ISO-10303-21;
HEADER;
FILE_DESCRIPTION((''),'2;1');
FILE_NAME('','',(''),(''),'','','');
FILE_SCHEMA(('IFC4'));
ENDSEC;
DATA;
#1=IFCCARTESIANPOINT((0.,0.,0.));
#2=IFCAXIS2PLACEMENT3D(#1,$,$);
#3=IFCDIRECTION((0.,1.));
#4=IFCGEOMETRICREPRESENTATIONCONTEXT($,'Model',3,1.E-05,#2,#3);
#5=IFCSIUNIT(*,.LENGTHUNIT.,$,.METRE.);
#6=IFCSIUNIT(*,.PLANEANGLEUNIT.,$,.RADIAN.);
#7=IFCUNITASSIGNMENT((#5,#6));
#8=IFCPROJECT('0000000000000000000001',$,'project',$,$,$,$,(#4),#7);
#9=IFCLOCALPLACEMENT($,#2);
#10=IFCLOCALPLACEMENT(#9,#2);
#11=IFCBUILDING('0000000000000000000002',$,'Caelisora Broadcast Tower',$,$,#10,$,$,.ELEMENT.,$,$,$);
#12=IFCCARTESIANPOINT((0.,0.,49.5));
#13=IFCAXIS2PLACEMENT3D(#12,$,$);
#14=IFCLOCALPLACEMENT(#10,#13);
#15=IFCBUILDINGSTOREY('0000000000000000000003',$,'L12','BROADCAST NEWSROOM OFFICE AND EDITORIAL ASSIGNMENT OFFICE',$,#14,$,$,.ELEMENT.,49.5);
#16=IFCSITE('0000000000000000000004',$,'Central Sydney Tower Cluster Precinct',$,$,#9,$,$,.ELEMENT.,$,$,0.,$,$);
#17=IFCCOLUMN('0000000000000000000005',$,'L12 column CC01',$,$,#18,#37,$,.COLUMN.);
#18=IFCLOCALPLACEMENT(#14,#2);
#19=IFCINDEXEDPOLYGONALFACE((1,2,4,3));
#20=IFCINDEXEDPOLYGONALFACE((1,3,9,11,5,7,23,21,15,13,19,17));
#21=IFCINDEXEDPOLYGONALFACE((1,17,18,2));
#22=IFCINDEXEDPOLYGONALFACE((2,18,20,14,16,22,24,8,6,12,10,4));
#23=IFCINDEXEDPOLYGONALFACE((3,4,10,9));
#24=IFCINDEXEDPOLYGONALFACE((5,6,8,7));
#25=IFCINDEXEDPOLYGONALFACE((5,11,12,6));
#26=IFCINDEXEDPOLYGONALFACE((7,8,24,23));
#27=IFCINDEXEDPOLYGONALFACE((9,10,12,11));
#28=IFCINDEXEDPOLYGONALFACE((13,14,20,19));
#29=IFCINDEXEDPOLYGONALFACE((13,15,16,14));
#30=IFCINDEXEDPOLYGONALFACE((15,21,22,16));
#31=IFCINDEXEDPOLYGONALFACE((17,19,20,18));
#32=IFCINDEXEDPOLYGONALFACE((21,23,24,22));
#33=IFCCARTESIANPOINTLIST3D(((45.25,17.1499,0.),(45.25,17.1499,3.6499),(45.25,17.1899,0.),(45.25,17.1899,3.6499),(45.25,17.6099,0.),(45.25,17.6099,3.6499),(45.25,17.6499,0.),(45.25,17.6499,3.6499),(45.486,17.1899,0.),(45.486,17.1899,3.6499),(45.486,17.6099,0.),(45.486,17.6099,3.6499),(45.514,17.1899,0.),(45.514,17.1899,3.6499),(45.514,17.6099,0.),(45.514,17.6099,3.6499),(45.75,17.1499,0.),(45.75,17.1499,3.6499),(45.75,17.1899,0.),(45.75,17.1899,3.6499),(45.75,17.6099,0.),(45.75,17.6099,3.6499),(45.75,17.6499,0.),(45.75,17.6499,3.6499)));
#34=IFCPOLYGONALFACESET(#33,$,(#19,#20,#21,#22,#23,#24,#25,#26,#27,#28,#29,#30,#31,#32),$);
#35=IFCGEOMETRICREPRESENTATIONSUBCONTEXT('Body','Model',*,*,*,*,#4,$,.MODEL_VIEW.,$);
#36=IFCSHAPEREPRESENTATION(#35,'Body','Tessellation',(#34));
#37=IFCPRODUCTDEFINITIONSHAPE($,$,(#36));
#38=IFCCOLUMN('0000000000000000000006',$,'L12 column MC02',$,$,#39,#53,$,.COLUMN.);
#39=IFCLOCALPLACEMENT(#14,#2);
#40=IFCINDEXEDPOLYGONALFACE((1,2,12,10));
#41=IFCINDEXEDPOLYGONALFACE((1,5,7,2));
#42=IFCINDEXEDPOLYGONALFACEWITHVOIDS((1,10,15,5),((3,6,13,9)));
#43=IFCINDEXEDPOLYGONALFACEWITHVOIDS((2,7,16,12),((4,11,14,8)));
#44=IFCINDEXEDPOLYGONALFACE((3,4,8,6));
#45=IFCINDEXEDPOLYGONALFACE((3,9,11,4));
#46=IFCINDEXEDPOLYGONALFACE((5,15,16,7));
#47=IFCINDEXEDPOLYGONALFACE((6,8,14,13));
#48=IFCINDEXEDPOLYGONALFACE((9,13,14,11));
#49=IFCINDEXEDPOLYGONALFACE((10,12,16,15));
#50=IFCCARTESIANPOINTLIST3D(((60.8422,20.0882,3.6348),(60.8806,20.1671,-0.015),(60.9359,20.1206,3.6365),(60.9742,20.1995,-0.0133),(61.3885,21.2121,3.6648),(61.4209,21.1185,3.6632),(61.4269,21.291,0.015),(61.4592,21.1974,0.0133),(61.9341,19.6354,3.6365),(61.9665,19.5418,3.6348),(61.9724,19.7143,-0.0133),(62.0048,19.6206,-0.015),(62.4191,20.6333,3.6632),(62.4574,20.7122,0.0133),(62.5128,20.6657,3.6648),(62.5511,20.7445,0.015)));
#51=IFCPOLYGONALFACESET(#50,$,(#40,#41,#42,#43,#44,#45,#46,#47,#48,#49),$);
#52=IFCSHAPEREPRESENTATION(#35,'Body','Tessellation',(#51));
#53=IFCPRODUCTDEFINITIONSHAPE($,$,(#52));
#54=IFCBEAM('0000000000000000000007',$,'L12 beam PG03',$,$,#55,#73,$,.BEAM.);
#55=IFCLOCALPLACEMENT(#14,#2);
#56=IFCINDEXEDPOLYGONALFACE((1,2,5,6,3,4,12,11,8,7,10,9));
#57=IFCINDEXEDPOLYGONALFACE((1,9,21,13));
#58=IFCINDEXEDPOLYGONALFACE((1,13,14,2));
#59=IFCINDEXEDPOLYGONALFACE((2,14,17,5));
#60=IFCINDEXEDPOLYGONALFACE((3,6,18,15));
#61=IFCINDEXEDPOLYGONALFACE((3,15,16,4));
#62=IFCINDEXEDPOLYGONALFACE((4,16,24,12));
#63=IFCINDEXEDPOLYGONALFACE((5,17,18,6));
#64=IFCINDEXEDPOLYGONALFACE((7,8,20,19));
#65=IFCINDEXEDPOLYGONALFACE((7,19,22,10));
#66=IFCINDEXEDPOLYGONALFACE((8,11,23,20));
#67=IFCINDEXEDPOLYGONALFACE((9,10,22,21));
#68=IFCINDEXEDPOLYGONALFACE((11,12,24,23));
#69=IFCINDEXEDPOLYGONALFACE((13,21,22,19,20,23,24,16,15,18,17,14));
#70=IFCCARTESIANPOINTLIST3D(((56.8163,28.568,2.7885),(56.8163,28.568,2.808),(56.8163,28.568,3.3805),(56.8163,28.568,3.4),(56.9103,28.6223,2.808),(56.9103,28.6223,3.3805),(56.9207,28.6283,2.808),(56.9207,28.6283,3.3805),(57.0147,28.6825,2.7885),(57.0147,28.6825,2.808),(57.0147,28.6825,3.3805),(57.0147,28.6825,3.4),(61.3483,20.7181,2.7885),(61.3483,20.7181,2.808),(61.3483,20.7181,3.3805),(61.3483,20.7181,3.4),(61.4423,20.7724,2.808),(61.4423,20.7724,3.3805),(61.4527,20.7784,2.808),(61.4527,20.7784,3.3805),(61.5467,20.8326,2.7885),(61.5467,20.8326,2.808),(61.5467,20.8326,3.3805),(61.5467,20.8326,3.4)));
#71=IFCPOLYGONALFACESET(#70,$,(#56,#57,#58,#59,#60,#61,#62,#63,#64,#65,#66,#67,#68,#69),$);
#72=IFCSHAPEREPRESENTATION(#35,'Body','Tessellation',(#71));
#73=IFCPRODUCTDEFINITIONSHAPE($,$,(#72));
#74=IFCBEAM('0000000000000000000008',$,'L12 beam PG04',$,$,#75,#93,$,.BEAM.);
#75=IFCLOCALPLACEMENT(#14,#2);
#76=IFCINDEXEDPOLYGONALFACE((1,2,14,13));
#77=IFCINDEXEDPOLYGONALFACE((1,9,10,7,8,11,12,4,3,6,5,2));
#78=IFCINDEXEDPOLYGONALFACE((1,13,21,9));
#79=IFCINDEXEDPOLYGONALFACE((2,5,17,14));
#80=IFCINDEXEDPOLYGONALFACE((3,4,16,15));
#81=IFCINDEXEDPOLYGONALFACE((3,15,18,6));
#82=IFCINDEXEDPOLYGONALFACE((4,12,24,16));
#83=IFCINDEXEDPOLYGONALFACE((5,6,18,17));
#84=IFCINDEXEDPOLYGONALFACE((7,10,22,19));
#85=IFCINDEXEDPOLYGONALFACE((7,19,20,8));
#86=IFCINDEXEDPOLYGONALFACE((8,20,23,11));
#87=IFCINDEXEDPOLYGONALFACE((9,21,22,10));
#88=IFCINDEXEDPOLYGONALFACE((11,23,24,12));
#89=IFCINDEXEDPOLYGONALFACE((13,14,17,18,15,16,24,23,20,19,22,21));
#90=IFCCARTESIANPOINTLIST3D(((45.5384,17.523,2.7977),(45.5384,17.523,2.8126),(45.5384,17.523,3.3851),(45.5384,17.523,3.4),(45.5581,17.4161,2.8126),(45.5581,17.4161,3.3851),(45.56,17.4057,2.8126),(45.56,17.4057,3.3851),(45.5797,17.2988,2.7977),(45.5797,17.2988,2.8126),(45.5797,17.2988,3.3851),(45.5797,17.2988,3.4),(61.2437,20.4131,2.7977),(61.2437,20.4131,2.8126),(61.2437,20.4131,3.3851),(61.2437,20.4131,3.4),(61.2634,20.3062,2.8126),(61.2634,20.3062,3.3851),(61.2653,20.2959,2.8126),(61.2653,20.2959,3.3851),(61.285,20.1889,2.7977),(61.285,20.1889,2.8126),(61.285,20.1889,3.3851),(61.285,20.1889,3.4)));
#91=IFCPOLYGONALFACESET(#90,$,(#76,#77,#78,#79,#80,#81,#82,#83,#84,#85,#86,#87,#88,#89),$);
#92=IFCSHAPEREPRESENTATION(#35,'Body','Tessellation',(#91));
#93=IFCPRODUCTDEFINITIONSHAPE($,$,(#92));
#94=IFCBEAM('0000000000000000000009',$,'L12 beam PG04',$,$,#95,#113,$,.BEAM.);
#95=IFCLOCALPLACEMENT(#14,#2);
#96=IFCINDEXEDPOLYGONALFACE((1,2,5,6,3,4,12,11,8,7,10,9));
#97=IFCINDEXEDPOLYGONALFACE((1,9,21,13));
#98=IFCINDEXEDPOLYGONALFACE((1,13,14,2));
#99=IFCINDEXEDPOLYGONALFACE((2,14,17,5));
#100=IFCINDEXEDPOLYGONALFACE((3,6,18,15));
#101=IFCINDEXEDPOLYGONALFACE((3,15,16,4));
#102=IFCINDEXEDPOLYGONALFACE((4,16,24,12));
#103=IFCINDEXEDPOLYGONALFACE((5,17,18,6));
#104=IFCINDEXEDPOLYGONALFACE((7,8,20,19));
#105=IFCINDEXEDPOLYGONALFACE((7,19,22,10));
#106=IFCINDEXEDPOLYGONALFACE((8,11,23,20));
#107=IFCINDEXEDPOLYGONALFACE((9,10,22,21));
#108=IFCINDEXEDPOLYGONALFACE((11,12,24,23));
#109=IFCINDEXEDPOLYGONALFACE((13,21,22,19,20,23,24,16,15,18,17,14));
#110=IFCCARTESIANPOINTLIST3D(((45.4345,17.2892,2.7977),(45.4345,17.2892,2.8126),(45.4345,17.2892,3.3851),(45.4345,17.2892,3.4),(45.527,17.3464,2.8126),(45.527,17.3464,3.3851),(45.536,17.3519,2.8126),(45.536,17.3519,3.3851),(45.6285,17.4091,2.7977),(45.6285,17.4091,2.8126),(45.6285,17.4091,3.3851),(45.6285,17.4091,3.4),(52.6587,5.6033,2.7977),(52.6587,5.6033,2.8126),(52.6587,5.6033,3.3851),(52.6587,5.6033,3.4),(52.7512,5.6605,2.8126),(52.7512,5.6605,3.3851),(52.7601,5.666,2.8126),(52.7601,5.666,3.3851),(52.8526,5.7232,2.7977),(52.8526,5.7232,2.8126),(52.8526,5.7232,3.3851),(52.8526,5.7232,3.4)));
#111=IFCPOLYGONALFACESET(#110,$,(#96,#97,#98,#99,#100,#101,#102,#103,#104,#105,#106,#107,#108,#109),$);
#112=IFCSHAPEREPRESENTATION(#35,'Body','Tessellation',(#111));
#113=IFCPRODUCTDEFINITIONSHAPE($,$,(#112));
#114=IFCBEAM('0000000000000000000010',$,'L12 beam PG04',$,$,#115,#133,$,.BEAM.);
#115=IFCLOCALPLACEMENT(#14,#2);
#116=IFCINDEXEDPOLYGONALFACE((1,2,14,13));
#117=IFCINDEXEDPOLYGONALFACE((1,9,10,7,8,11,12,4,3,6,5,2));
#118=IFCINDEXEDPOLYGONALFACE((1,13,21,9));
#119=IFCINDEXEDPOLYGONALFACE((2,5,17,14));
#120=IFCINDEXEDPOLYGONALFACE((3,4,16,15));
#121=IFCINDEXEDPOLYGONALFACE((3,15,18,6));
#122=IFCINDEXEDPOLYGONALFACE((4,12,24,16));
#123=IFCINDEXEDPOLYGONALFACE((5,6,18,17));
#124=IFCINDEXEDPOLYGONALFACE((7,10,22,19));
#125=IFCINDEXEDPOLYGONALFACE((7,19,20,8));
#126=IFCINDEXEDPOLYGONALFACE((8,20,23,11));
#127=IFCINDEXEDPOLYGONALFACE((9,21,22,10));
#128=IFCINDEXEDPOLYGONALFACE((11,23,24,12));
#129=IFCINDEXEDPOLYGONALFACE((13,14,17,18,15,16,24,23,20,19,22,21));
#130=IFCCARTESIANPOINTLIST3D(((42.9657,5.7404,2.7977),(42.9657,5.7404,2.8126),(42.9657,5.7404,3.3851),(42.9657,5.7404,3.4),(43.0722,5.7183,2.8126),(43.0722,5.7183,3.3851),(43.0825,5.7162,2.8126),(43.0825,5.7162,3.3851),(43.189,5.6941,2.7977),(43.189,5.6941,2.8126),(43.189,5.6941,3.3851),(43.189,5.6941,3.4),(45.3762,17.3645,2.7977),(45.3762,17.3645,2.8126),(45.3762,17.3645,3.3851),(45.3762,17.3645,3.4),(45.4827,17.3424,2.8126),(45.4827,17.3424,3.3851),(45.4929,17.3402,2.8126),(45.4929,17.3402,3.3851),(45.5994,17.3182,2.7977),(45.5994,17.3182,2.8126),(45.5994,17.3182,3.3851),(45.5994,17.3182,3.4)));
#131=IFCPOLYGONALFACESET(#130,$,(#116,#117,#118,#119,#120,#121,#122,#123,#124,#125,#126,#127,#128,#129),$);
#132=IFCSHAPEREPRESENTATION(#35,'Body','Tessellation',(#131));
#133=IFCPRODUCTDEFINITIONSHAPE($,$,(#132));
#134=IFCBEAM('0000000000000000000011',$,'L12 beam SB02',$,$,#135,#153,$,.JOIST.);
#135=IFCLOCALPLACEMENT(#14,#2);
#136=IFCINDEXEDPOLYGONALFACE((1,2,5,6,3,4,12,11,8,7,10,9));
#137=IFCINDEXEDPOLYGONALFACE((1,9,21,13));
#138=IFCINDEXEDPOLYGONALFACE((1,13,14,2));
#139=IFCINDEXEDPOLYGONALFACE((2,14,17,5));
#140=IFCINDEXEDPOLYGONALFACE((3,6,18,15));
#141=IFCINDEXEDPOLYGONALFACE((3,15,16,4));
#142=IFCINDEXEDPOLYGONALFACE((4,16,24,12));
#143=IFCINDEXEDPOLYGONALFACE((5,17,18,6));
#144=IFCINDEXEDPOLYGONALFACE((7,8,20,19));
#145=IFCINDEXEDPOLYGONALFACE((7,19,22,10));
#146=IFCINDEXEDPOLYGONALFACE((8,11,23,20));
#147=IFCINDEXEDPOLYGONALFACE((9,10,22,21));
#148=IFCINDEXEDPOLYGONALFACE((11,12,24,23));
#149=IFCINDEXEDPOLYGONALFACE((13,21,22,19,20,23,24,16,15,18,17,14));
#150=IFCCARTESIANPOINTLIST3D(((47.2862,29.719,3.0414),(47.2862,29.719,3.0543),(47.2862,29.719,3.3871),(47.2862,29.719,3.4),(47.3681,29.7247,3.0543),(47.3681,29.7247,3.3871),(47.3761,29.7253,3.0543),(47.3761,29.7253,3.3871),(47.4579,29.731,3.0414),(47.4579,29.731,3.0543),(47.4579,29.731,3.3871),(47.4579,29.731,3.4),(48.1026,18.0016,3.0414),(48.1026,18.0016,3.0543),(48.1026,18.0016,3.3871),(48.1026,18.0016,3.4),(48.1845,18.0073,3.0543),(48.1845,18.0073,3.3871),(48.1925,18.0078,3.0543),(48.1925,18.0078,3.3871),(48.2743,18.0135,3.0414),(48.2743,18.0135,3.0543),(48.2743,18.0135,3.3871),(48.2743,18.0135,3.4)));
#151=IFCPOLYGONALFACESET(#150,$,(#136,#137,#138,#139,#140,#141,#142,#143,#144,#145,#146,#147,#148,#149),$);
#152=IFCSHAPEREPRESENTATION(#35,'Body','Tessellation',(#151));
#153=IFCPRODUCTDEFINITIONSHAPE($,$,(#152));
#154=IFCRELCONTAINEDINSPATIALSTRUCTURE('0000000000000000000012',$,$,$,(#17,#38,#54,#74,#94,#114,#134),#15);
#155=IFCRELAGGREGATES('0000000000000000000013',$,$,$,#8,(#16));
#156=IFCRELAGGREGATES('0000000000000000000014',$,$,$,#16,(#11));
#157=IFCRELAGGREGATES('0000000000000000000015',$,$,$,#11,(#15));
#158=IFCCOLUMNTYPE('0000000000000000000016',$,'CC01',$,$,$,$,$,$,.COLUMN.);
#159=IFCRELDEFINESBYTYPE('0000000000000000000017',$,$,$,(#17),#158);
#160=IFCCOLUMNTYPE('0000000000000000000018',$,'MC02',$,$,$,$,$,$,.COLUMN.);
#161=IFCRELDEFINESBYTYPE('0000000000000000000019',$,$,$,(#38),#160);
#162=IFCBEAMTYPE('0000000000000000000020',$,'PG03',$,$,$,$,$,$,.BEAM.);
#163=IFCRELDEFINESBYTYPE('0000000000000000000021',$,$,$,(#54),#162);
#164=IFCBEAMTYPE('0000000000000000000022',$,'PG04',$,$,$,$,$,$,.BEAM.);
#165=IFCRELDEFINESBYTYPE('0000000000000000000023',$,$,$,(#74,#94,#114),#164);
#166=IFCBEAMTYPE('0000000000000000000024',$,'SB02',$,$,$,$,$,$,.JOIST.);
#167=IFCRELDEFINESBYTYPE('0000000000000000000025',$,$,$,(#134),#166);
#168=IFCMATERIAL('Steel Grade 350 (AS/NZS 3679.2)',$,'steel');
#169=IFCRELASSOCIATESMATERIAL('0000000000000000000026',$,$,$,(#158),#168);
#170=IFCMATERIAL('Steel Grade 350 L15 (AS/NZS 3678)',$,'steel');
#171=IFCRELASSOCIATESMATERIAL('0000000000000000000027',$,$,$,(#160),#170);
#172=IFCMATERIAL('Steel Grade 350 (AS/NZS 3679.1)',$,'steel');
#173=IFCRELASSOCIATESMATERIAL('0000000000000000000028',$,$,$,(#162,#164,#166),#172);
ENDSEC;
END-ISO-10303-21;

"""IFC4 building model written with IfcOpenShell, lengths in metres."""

from ifc_helpers import new_model, si_unit, direction, frame, origin, origin_2d, place, context, subcontext, project, spatial, hollow_rectangle, i_section, extrude, source, transform, mapped, material, material_profile, profile_set, type_object, type_shapes, element, save


model = new_model("IFC4")

# Units and contexts
model_context = context("Model", 3, precision=1e-05, world=origin(), true_north=direction((0.0, 1.0)))
body_context = subcontext(model_context, "Body", "Model", "MODEL_VIEW")
ifc_project = project(units=[si_unit("LENGTHUNIT", "METRE"), si_unit("PLANEANGLEUNIT", "RADIAN")], contexts=[model_context])

# Site, building, storey
site_placement = place(None, origin())
site = spatial("IfcSite", under=ifc_project, at=site_placement, Name="Central Sydney Tower Cluster Precinct", CompositionType="ELEMENT", RefElevation=0.0)
building_placement = place(site_placement, origin())
building = spatial("IfcBuilding", under=site, at=building_placement, Name="Caelisora Broadcast Tower", CompositionType="ELEMENT")
storey_placement = place(building_placement, frame((0.0, 0.0, 49.5)))
storey = spatial("IfcBuildingStorey", under=building, at=storey_placement, Name="L12", Description="BROADCAST NEWSROOM OFFICE AND EDITORIAL ASSIGNMENT OFFICE", CompositionType="ELEMENT", Elevation=49.5)

# Columns
ifc_material_1 = material(Name="Steel Grade 350 (AS/NZS 3679.2)", Category="steel")
ifc_material_profile_1 = material_profile(ifc_material_1, i_section(OverallWidth=0.5, OverallDepth=0.5, WebThickness=0.0281, FlangeThickness=0.04, at=origin_2d()), Name="Steel Grade 350 (AS/NZS 3679.2)")
ifc_profile_set_1 = profile_set([ifc_material_profile_1], Name="Steel Grade 350 (AS/NZS 3679.2)")
column_type_1 = type_object("IfcColumnType", Name="CC01", PredefinedType="COLUMN", material=ifc_profile_set_1)
shared_shape_1 = source(origin(), body_context, "Body", "SweptSolid", [
    extrude(i_section(OverallWidth=0.5, OverallDepth=0.5, WebThickness=0.0281, FlangeThickness=0.04, at=origin_2d()), origin(), (0.0, 0.0, 1.0), 3.6499),
])
type_shapes(column_type_1, [shared_shape_1])
column_1_placement = place(storey_placement, frame((45.5, 17.3999, 0.0), z_axis=(0.0, 0.0, 1.0), x_axis=(1.0, 0.0, 0.0)))
element("IfcColumn", 1, at=column_1_placement, inside=storey, type_object=column_type_1, Name="L12 column CC01", PredefinedType="COLUMN", context=body_context, shape_type="MappedRepresentation", body=[
    mapped(shared_shape_1, transform((0.0, 0.0, 0.0), scale=1.0)),
])
ifc_material_2 = material(Name="Steel Grade 350 L15 (AS/NZS 3678)", Category="steel")
ifc_material_profile_2 = material_profile(ifc_material_2, hollow_rectangle(XDim=1.25, YDim=1.25, WallThickness=0.0701, at=origin_2d()), Name="Steel Grade 350 L15 (AS/NZS 3678)")
ifc_profile_set_2 = profile_set([ifc_material_profile_2], Name="Steel Grade 350 L15 (AS/NZS 3678)")
column_type_2 = type_object("IfcColumnType", Name="MC02", PredefinedType="COLUMN", material=ifc_profile_set_2)
shared_shape_2 = source(origin(), body_context, "Body", "SweptSolid", [
    extrude(hollow_rectangle(XDim=1.25, YDim=1.25, WallThickness=0.0701, at=origin_2d()), origin(), (0.0, 0.0, 1.0), 3.6509),
])
type_shapes(column_type_2, [shared_shape_2])
column_2_placement = place(storey_placement, frame((61.7158, 20.4558, 0.0), z_axis=(-0.010499, -0.021599, 0.999712), x_axis=(0.899383, -0.437161, 0.0)))
element("IfcColumn", 2, at=column_2_placement, inside=storey, type_object=column_type_2, Name="L12 column MC02", PredefinedType="COLUMN", context=body_context, shape_type="MappedRepresentation", body=[
    mapped(shared_shape_2, transform((0.0, 0.0, 0.0), scale=1.0)),
])

# Beams
ifc_material_3 = material(Name="Steel Grade 350 (AS/NZS 3679.1)", Category="steel")
ifc_material_profile_3 = material_profile(ifc_material_3, i_section(OverallWidth=0.229, OverallDepth=0.6116, WebThickness=0.012, FlangeThickness=0.0195, at=origin_2d()), Name="Steel Grade 350 (AS/NZS 3679.1)")
ifc_profile_set_3 = profile_set([ifc_material_profile_3], Name="Steel Grade 350 (AS/NZS 3679.1)")
beam_type_1 = type_object("IfcBeamType", Name="PG03", PredefinedType="BEAM", material=ifc_profile_set_3)
shared_shape_3 = source(origin(), body_context, "Body", "SweptSolid", [
    extrude(i_section(OverallWidth=0.229, OverallDepth=0.6116, WebThickness=0.012, FlangeThickness=0.0195, at=origin_2d()), origin(), (0.0, 0.0, 1.0), 9.0642),
])
type_shapes(beam_type_1, [shared_shape_3])
beam_1_placement = place(storey_placement, frame((61.4475, 20.7754, 3.0942), z_axis=(-0.499989, 0.866032, 0.0), x_axis=(-0.866032, -0.499989, 0.0)))
element("IfcBeam", 3, at=beam_1_placement, inside=storey, type_object=beam_type_1, Name="L12 beam PG03", PredefinedType="BEAM", context=body_context, shape_type="MappedRepresentation", body=[
    mapped(shared_shape_3, transform((0.0, 0.0, 0.0), scale=1.0)),
])
ifc_material_profile_4 = material_profile(ifc_material_3, i_section(OverallWidth=0.228, OverallDepth=0.6023, WebThickness=0.0105, FlangeThickness=0.0149, at=origin_2d()), Name="Steel Grade 350 (AS/NZS 3679.1)")
ifc_profile_set_4 = profile_set([ifc_material_profile_4], Name="Steel Grade 350 (AS/NZS 3679.1)")
beam_type_2 = type_object("IfcBeamType", Name="PG04", PredefinedType="BEAM", material=ifc_profile_set_4)
shared_shape_4 = source(origin(), body_context, "Body", "SweptSolid", [
    extrude(i_section(OverallWidth=0.228, OverallDepth=0.6023, WebThickness=0.0105, FlangeThickness=0.0149, at=origin_2d()), origin(), (0.0, 0.0, 1.0), 15.969),
])
beam_2_placement = place(storey_placement, frame((45.5591, 17.4109, 3.0989), z_axis=(0.983486, 0.180984, 0.0), x_axis=(-0.180984, 0.983486, 0.0)))
element("IfcBeam", 4, at=beam_2_placement, inside=storey, type_object=beam_type_2, Name="L12 beam PG04", PredefinedType="BEAM", context=body_context, shape_type="MappedRepresentation", body=[
    mapped(shared_shape_4, transform((0.0, 0.0, 0.0), scale=1.0)),
])
shared_shape_5 = source(origin(), body_context, "Body", "SweptSolid", [
    extrude(i_section(OverallWidth=0.228, OverallDepth=0.6023, WebThickness=0.0105, FlangeThickness=0.0149, at=origin_2d()), origin(), (0.0, 0.0, 1.0), 13.7385),
])
beam_3_placement = place(storey_placement, frame((45.5315, 17.3491, 3.0989), z_axis=(0.525831, -0.850589, 0.0), x_axis=(0.850589, 0.525831, 0.0)))
element("IfcBeam", 5, at=beam_3_placement, inside=storey, type_object=beam_type_2, Name="L12 beam PG04", PredefinedType="BEAM", context=body_context, shape_type="MappedRepresentation", body=[
    mapped(shared_shape_5, transform((0.0, 0.0, 0.0), scale=1.0)),
])
shared_shape_6 = source(origin(), body_context, "Body", "SweptSolid", [
    extrude(i_section(OverallWidth=0.228, OverallDepth=0.6023, WebThickness=0.0105, FlangeThickness=0.0149, at=origin_2d()), origin(), (0.0, 0.0, 1.0), 11.8713),
])
type_shapes(beam_type_2, [shared_shape_4, shared_shape_5, shared_shape_6])
beam_4_placement = place(storey_placement, frame((45.4878, 17.3413, 3.0989), z_axis=(-0.203044, -0.97917, 0.0), x_axis=(0.97917, -0.203044, 0.0)))
element("IfcBeam", 6, at=beam_4_placement, inside=storey, type_object=beam_type_2, Name="L12 beam PG04", PredefinedType="BEAM", context=body_context, shape_type="MappedRepresentation", body=[
    mapped(shared_shape_6, transform((0.0, 0.0, 0.0), scale=1.0)),
])
ifc_material_profile_5 = material_profile(ifc_material_3, i_section(OverallWidth=0.1721, OverallDepth=0.3586, WebThickness=0.0081, FlangeThickness=0.0129, at=origin_2d()), Name="Steel Grade 350 (AS/NZS 3679.1)")
ifc_profile_set_5 = profile_set([ifc_material_profile_5], Name="Steel Grade 350 (AS/NZS 3679.1)")
beam_type_3 = type_object("IfcBeamType", Name="SB02", PredefinedType="JOIST", material=ifc_profile_set_5)
shared_shape_7 = source(origin(), body_context, "Body", "SweptSolid", [
    extrude(i_section(OverallWidth=0.1721, OverallDepth=0.3586, WebThickness=0.0081, FlangeThickness=0.0129, at=origin_2d()), origin(), (0.0, 0.0, 1.0), 11.7458),
])
beam_5_placement = place(storey_placement, frame((48.1885, 18.0076, 3.2207), z_axis=(-0.069505, 0.997582, 0.0), x_axis=(-0.997582, -0.069505, 0.0)))
element("IfcBeam", 7, at=beam_5_placement, inside=storey, type_object=beam_type_3, Name="L12 beam SB02", PredefinedType="JOIST", context=body_context, shape_type="MappedRepresentation", body=[
    mapped(shared_shape_7, transform((0.0, 0.0, 0.0), scale=1.0)),
])

save(model, "model.ifc")
